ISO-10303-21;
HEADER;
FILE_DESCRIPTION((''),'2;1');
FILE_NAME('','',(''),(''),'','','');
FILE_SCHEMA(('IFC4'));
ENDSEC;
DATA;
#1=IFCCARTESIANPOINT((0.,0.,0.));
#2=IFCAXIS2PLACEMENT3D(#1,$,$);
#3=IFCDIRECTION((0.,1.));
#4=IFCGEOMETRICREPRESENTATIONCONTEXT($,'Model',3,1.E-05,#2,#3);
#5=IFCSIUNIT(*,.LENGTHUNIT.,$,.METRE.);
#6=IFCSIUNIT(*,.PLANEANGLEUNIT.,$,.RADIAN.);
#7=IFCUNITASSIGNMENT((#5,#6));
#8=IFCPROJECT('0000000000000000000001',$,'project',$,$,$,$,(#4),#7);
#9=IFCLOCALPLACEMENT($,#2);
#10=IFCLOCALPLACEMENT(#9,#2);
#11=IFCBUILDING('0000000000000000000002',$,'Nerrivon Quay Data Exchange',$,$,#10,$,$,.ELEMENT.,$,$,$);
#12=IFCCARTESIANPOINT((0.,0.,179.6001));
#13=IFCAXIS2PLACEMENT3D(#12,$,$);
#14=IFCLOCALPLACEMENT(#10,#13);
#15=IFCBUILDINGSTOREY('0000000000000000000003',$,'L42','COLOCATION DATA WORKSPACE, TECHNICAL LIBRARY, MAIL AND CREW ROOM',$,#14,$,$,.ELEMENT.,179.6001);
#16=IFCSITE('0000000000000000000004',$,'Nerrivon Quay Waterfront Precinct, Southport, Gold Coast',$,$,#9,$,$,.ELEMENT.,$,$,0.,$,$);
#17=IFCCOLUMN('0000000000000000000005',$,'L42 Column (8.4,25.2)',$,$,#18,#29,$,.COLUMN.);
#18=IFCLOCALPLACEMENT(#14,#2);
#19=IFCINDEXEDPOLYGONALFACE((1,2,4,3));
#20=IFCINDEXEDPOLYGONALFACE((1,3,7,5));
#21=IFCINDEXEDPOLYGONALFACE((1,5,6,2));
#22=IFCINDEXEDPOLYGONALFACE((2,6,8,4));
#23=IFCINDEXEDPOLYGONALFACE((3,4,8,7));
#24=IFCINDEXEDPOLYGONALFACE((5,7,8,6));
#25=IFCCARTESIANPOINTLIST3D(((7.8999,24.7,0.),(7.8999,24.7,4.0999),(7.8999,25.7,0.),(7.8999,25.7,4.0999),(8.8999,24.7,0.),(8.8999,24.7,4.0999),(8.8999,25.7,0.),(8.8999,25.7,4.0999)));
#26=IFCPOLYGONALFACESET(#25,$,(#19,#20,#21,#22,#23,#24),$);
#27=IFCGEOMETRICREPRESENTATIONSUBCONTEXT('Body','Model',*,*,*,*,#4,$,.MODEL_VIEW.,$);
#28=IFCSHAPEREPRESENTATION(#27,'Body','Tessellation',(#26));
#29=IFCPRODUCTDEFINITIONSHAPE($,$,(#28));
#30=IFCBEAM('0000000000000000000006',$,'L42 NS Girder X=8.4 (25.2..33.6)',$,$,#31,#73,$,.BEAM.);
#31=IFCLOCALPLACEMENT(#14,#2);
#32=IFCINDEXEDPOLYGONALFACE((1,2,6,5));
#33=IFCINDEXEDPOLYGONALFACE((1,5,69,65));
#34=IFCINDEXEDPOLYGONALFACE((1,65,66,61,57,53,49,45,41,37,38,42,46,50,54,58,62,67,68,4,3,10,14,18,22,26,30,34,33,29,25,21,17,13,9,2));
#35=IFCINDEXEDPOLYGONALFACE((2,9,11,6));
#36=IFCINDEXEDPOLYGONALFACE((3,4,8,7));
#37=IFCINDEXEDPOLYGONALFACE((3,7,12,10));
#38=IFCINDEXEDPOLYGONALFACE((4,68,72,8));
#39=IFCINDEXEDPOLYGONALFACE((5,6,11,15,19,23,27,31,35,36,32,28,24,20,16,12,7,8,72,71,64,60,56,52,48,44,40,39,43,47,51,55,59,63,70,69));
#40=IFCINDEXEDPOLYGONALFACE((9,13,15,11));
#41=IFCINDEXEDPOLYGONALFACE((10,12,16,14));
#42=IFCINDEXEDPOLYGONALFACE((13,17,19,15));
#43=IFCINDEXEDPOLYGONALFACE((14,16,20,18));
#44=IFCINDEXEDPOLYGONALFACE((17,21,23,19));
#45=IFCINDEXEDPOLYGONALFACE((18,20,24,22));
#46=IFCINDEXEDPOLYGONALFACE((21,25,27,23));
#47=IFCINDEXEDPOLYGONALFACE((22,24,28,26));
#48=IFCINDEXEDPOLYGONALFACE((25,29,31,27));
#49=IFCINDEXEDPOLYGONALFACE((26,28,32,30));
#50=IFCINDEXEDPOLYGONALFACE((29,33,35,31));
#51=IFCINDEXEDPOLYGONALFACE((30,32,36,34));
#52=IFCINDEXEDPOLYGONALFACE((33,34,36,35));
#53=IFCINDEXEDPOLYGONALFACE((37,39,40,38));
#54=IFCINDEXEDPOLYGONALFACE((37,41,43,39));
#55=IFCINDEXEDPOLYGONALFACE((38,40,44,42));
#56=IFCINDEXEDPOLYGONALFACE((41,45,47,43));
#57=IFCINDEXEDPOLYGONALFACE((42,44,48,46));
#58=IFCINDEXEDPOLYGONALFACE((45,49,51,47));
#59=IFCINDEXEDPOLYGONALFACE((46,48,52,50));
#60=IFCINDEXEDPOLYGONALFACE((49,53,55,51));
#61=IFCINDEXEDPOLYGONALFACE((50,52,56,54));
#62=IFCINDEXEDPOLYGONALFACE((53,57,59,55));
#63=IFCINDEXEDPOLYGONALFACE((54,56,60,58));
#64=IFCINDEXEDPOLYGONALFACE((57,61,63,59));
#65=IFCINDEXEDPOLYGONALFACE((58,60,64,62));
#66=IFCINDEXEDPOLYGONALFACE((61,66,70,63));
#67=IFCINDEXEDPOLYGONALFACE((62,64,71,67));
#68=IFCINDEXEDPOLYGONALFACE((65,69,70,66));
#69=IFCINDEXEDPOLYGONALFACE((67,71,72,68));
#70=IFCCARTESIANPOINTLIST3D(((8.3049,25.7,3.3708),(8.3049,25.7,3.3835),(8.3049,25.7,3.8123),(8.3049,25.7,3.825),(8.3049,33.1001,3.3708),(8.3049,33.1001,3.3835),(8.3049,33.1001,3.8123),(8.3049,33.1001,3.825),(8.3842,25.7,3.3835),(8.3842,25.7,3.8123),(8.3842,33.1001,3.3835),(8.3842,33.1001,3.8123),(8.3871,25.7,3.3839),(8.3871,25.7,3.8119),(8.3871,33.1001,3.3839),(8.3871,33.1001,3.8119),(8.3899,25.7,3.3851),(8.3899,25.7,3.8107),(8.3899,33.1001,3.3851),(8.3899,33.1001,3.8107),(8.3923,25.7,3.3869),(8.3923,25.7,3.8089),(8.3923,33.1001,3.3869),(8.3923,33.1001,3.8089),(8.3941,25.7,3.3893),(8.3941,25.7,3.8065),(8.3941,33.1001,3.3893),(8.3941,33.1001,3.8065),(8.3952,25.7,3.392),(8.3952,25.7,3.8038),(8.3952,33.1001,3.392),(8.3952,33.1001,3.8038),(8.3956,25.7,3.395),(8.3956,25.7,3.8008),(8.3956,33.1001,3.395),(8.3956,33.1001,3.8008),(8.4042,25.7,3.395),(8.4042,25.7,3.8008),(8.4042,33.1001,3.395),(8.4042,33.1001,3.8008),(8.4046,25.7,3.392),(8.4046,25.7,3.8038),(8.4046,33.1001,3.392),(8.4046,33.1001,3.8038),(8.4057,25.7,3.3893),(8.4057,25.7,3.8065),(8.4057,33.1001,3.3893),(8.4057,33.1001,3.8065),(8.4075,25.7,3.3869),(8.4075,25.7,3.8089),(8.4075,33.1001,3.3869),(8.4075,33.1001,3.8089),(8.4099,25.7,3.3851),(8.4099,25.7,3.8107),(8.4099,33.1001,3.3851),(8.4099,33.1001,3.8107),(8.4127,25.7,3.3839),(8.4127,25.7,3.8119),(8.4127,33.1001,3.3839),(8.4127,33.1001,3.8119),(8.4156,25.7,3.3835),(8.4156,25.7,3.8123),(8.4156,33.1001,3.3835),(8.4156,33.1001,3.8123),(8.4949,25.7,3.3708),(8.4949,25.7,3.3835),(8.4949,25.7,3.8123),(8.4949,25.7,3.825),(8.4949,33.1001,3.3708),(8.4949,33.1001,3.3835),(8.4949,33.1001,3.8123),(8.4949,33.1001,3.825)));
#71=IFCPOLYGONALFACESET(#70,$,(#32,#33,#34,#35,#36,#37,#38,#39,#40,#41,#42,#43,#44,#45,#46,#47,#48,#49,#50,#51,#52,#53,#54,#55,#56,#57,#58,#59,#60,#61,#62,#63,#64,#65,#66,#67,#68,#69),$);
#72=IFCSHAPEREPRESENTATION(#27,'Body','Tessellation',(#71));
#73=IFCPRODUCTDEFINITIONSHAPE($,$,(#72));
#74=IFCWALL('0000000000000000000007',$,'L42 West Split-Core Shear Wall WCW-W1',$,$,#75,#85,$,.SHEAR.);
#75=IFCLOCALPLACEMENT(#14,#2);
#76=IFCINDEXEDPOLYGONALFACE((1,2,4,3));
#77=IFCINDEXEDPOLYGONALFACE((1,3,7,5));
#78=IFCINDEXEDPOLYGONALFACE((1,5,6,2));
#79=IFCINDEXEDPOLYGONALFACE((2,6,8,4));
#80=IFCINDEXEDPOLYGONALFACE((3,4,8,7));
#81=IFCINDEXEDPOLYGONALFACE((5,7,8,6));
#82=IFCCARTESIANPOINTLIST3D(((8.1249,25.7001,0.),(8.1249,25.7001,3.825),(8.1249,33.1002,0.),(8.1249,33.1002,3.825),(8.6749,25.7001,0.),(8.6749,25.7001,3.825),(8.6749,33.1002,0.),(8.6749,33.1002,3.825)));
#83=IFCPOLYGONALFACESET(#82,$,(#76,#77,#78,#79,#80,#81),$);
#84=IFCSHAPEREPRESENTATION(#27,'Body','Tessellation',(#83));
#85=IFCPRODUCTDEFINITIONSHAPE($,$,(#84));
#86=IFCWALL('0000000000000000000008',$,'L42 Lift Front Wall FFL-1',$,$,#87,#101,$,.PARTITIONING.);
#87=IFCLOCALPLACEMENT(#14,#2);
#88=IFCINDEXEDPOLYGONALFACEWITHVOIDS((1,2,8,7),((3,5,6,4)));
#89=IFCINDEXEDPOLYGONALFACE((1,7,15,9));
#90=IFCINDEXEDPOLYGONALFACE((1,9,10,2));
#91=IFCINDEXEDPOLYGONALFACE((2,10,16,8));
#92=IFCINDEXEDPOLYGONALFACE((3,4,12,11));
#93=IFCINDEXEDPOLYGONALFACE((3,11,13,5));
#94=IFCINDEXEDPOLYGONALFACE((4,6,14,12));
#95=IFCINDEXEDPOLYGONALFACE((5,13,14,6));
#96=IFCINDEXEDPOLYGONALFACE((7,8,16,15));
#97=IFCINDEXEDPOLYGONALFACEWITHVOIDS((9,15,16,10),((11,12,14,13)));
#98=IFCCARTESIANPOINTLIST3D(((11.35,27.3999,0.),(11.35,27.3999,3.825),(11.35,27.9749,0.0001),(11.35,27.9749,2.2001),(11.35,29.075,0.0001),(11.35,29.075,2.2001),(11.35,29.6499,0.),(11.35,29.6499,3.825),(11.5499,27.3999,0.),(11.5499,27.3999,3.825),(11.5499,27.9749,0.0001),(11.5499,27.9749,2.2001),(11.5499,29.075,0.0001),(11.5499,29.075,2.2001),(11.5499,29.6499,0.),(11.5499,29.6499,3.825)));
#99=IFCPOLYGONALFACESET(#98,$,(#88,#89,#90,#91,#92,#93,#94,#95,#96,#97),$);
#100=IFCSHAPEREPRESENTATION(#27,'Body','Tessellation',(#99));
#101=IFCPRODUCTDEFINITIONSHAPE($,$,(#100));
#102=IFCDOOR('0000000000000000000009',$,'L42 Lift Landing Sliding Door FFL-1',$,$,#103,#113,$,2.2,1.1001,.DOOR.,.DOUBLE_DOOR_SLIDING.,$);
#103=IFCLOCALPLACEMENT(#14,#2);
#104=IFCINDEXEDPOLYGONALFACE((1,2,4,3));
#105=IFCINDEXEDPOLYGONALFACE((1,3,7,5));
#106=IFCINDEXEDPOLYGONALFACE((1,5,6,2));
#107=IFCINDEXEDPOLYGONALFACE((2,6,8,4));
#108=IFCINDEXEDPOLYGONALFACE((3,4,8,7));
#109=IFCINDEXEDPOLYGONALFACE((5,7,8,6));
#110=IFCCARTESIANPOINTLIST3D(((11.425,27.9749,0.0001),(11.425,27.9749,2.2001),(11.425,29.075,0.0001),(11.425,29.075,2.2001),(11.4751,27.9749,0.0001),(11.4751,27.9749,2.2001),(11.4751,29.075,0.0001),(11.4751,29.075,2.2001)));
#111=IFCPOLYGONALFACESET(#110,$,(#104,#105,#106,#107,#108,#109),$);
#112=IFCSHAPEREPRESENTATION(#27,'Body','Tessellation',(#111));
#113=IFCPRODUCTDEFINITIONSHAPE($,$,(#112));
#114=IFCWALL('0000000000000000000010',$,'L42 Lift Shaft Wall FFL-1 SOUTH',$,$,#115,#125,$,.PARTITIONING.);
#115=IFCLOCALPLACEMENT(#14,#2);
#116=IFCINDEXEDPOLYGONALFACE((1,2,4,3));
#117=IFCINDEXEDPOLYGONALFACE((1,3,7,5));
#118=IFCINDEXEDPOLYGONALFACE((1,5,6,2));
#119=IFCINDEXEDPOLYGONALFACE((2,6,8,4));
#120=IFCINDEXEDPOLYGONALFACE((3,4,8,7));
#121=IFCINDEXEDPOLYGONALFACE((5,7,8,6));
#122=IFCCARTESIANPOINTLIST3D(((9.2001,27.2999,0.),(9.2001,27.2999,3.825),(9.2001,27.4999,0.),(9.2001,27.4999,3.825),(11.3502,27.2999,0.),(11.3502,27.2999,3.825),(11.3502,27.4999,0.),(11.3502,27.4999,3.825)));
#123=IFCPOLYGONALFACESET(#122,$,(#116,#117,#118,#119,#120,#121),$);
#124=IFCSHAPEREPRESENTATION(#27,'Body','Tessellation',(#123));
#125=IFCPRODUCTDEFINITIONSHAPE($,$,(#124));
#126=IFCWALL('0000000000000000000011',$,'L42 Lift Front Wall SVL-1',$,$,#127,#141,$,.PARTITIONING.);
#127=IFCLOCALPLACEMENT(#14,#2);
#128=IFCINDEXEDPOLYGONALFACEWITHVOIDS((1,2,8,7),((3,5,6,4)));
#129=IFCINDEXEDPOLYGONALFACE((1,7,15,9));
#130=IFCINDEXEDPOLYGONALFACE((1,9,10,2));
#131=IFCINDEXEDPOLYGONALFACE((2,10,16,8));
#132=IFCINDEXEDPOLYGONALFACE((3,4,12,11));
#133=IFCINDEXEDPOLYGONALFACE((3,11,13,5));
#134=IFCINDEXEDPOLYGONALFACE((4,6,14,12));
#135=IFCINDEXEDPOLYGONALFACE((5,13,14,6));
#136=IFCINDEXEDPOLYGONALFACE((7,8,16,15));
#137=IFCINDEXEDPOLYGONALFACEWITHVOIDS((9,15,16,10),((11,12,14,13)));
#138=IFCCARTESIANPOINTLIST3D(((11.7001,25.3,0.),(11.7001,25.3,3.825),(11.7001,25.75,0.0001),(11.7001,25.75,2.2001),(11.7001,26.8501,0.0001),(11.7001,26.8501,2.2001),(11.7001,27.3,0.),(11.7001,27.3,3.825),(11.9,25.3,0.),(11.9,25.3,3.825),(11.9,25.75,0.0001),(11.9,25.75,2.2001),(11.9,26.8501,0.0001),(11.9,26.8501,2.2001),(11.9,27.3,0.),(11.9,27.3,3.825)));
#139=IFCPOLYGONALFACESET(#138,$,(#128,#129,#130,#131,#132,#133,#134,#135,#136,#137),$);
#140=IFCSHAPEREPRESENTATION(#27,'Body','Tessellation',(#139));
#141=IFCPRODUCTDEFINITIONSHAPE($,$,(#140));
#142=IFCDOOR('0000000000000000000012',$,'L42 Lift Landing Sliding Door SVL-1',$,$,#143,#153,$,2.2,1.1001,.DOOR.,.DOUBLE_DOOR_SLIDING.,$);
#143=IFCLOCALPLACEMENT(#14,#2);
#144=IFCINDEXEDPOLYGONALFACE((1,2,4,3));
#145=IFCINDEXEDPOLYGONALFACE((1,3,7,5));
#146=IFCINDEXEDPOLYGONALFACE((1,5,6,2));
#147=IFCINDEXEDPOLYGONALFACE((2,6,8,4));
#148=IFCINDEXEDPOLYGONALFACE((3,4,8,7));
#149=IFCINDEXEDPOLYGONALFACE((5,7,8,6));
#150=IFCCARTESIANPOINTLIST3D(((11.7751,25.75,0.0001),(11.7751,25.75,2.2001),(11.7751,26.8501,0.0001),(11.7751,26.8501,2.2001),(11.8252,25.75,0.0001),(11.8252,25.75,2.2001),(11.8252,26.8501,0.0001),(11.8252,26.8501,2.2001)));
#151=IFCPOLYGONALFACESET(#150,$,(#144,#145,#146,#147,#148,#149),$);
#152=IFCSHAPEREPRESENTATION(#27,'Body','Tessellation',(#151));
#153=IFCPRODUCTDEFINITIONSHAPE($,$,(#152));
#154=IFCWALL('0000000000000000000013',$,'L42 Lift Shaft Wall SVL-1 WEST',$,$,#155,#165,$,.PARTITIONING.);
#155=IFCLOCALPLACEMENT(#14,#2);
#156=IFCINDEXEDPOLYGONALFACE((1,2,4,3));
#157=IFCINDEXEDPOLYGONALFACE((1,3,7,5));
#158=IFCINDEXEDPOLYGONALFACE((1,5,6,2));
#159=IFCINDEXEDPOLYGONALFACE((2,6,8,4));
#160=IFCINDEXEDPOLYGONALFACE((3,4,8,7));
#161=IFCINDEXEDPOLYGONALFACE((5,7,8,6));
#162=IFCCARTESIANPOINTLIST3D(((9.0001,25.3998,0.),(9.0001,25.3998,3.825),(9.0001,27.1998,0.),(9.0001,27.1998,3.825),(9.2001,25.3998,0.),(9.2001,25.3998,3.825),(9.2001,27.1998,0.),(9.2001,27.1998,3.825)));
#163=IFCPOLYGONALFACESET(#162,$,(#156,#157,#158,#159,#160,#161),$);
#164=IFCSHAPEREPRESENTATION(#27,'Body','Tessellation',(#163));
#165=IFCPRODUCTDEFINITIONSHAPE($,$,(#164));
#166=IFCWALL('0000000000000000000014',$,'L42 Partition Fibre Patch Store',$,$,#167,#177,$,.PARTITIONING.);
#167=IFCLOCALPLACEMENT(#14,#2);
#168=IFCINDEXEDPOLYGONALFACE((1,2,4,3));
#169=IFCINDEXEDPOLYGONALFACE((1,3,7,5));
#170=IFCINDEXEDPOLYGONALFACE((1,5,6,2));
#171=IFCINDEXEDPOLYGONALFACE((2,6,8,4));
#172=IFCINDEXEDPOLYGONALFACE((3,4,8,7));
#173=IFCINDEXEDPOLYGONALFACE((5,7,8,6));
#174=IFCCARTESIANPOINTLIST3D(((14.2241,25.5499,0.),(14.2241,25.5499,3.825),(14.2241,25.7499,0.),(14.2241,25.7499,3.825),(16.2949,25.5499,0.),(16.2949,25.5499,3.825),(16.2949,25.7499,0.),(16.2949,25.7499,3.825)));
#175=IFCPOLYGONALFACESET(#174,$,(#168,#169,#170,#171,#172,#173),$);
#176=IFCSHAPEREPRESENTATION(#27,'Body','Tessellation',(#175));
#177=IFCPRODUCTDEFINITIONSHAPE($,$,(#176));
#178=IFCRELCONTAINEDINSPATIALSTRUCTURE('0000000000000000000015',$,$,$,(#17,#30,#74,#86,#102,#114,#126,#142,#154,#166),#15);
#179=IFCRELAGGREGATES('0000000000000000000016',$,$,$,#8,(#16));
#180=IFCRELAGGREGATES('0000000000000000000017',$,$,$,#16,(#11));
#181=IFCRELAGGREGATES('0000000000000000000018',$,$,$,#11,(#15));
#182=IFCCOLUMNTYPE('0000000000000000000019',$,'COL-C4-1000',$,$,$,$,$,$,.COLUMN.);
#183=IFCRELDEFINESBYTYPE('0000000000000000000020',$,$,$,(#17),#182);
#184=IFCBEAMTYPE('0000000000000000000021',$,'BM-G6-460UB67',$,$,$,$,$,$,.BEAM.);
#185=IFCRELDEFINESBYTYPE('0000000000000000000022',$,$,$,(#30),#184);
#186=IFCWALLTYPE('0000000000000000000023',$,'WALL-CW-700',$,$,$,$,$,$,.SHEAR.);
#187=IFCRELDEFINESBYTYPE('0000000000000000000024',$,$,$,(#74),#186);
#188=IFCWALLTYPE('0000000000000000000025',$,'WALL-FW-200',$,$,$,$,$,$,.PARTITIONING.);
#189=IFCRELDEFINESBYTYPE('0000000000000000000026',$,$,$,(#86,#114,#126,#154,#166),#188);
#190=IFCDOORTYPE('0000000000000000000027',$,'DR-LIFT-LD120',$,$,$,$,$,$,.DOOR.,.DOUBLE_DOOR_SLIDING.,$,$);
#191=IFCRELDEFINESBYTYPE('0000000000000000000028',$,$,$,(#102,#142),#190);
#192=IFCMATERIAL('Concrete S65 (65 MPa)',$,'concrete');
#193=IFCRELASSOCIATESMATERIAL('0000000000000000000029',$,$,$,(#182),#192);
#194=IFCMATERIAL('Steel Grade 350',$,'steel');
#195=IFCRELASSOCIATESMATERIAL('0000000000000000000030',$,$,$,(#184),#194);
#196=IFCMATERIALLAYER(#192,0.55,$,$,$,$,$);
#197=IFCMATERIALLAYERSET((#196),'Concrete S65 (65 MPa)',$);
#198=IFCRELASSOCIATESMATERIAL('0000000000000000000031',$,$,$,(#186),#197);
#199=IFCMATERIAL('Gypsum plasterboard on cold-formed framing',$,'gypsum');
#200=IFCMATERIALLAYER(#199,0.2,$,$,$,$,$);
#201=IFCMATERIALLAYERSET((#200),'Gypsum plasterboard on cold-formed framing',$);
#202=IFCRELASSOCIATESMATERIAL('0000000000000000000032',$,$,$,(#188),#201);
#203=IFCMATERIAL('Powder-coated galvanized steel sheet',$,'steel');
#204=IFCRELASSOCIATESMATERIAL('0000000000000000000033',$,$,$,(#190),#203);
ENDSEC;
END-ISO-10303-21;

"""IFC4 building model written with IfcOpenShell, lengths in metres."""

from ifc_helpers import new_model, si_unit, direction, frame, frame_2d, origin, origin_2d, place, context, subcontext, project, spatial, rectangle, i_section, extrude, material, layer, layer_set, material_profile, profile_set, type_object, element, fill, save


model = new_model("IFC4")

# Units and contexts
model_context = context("Model", 3, precision=1e-05, world=origin(), true_north=direction((0.0, 1.0)))
body_context = subcontext(model_context, "Body", "Model", "MODEL_VIEW")
ifc_project = project(units=[si_unit("LENGTHUNIT", "METRE"), si_unit("PLANEANGLEUNIT", "RADIAN")], contexts=[model_context])

# Site, building, storey
site_placement = place(None, origin())
site = spatial("IfcSite", under=ifc_project, at=site_placement, Name="Nerrivon Quay Waterfront Precinct, Southport, Gold Coast", CompositionType="ELEMENT", RefElevation=0.0)
building_placement = place(site_placement, origin())
building = spatial("IfcBuilding", under=site, at=building_placement, Name="Nerrivon Quay Data Exchange", CompositionType="ELEMENT")
storey_placement = place(building_placement, frame((0.0, 0.0, 179.6001)))
storey = spatial("IfcBuildingStorey", under=building, at=storey_placement, Name="L42", Description="COLOCATION DATA WORKSPACE, TECHNICAL LIBRARY, MAIL AND CREW ROOM", CompositionType="ELEMENT", Elevation=179.6001)

# Column
ifc_material_1 = material(Name="Concrete S65 (65 MPa)", Category="concrete")
ifc_material_profile_1 = material_profile(ifc_material_1, rectangle(XDim=1.0, YDim=1.0, at=origin_2d()), Name="RC-COL-1000x1000")
ifc_profile_set_1 = profile_set([ifc_material_profile_1], Name="Concrete S65 (65 MPa)")
column_type = type_object("IfcColumnType", Name="COL-C4-1000", PredefinedType="COLUMN", material=ifc_profile_set_1)
column_placement = place(storey_placement, frame((8.3999, 25.2, 0.0), z_axis=(0.0, 0.0, 1.0), x_axis=(1.0, 0.0, 0.0)))
element("IfcColumn", 1, at=column_placement, inside=storey, type_object=column_type, Name="L42 Column (8.4,25.2)", PredefinedType="COLUMN", context=body_context, shape_type="SweptSolid", body=[
    extrude(rectangle(XDim=1.0, YDim=1.0, at=origin_2d()), origin(), (0.0, 0.0, 1.0), 4.0999),
])

# Beam
ifc_material_2 = material(Name="Steel Grade 350", Category="steel")
ifc_material_profile_2 = material_profile(ifc_material_2, i_section(OverallWidth=0.1899, OverallDepth=0.4541, WebThickness=0.0085, FlangeThickness=0.0127, FilletRadius=0.0115, at=origin_2d()), Name="460UB67.1")
ifc_profile_set_2 = profile_set([ifc_material_profile_2], Name="Steel Grade 350")
beam_type = type_object("IfcBeamType", Name="BM-G6-460UB67", PredefinedType="BEAM", material=ifc_profile_set_2)
beam_placement = place(storey_placement, frame((8.3999, 25.7, 3.5979), z_axis=(0.0, 1.0, 0.0), x_axis=(-1.0, 0.0, 0.0)))
element("IfcBeam", 2, at=beam_placement, inside=storey, type_object=beam_type, Name="L42 NS Girder X=8.4 (25.2..33.6)", PredefinedType="BEAM", context=body_context, shape_type="SweptSolid", body=[
    extrude(i_section(OverallWidth=0.1899, OverallDepth=0.4541, WebThickness=0.0085, FlangeThickness=0.0127, FilletRadius=0.0115, at=origin_2d()), origin(), (0.0, 0.0, 1.0), 7.4001),
])

# Wall
ifc_layer_1 = layer(ifc_material_1, 0.55)
ifc_layer_set_1 = layer_set([ifc_layer_1], Name="Concrete S65 (65 MPa)")
wall_type_1 = type_object("IfcWallType", Name="WALL-CW-700", PredefinedType="SHEAR", material=ifc_layer_set_1)
wall_1_placement = place(storey_placement, frame((8.3999, 25.7, 0.0), z_axis=(0.0, 0.0, 1.0), x_axis=(0.0, 1.0, 0.0)))
element("IfcWall", 3, at=wall_1_placement, inside=storey, type_object=wall_type_1, Name="L42 West Split-Core Shear Wall WCW-W1", PredefinedType="SHEAR", context=body_context, shape_type="SweptSolid", body=[
    extrude(rectangle(XDim=7.4001, YDim=0.55, at=frame_2d((3.7002, 0.0))), origin(), (0.0, 0.0, 1.0), 3.825),
])

# Wall, opening, door
ifc_material_3 = material(Name="Powder-coated galvanized steel sheet", Category="steel")
ifc_material_4 = material(Name="Gypsum plasterboard on cold-formed framing", Category="gypsum")
ifc_layer_2 = layer(ifc_material_4, 0.2)
ifc_layer_set_2 = layer_set([ifc_layer_2], Name="Gypsum plasterboard on cold-formed framing")
wall_type_2 = type_object("IfcWallType", Name="WALL-FW-200", PredefinedType="PARTITIONING", material=ifc_layer_set_2)
wall_2_placement = place(storey_placement, frame((11.45, 27.3999, 0.0), z_axis=(0.0, 0.0, 1.0), x_axis=(0.0, 1.0, 0.0)))
wall_2 = element("IfcWall", 4, at=wall_2_placement, inside=storey, type_object=wall_type_2, Name="L42 Lift Front Wall FFL-1", PredefinedType="PARTITIONING", context=body_context, shape_type="SweptSolid", body=[
    extrude(rectangle(XDim=2.25, YDim=0.2, at=frame_2d((1.125, 0.0))), origin(), (0.0, 0.0, 1.0), 3.825),
])
opening_1_placement = place(wall_2_placement, frame((0.575, 0.0, 0.0)))
opening_1 = element("IfcOpeningElement", 5, at=opening_1_placement, cuts=wall_2, PredefinedType="OPENING", context=body_context, shape_type="SweptSolid", body=[
    extrude(rectangle(XDim=1.1001, YDim=2.2, at=frame_2d((0.55, 1.1001))), frame((0.0, 0.1099, 0.0), z_axis=(0.0, -1.0, 0.0), x_axis=(1.0, 0.0, 0.0)), (0.0, 0.0, 1.0), 0.22),
])
door_type_1 = type_object("IfcDoorType", Name="DR-LIFT-LD120", OperationType="DOUBLE_DOOR_SLIDING", PredefinedType="DOOR", material=ifc_material_3)
door_1_placement = place(opening_1_placement, origin())
door_1 = element("IfcDoor", 6, at=door_1_placement, inside=storey, type_object=door_type_1, Name="L42 Lift Landing Sliding Door FFL-1", OperationType="DOUBLE_DOOR_SLIDING", OverallHeight=2.2, OverallWidth=1.1001, PredefinedType="DOOR", context=body_context, shape_type="SweptSolid", body=[
    extrude(rectangle(XDim=1.1001, YDim=2.2, at=frame_2d((0.55, 1.1001))), frame((0.0, 0.0249, 0.0), z_axis=(0.0, -1.0, 0.0), x_axis=(1.0, 0.0, 0.0)), (0.0, 0.0, 1.0), 0.05),
])
fill(opening_1, door_1)

# Wall
wall_3_placement = place(storey_placement, frame((9.2, 27.3999, 0.0), z_axis=(0.0, 0.0, 1.0), x_axis=(1.0, 0.0, 0.0)))
element("IfcWall", 7, at=wall_3_placement, inside=storey, type_object=wall_type_2, Name="L42 Lift Shaft Wall FFL-1 SOUTH", PredefinedType="PARTITIONING", context=body_context, shape_type="SweptSolid", body=[
    extrude(rectangle(XDim=2.1501, YDim=0.2, at=frame_2d((1.0752, 0.0))), origin(), (0.0, 0.0, 1.0), 3.825),
])

# Wall, opening, door
wall_4_placement = place(storey_placement, frame((11.8, 25.3, 0.0), z_axis=(0.0, 0.0, 1.0), x_axis=(0.0, 1.0, 0.0)))
wall_4 = element("IfcWall", 8, at=wall_4_placement, inside=storey, type_object=wall_type_2, Name="L42 Lift Front Wall SVL-1", PredefinedType="PARTITIONING", context=body_context, shape_type="SweptSolid", body=[
    extrude(rectangle(XDim=2.0, YDim=0.2, at=frame_2d((1.0, 0.0))), origin(), (0.0, 0.0, 1.0), 3.825),
])
opening_2_placement = place(wall_4_placement, frame((0.45, 0.0, 0.0)))
opening_2 = element("IfcOpeningElement", 9, at=opening_2_placement, cuts=wall_4, PredefinedType="OPENING", context=body_context, shape_type="SweptSolid", body=[
    extrude(rectangle(XDim=1.1001, YDim=2.2, at=frame_2d((0.55, 1.1001))), frame((0.0, 0.1099, 0.0), z_axis=(0.0, -1.0, 0.0), x_axis=(1.0, 0.0, 0.0)), (0.0, 0.0, 1.0), 0.22),
])
door_2_placement = place(opening_2_placement, origin())
door_2 = element("IfcDoor", 10, at=door_2_placement, inside=storey, type_object=door_type_1, Name="L42 Lift Landing Sliding Door SVL-1", OperationType="DOUBLE_DOOR_SLIDING", OverallHeight=2.2, OverallWidth=1.1001, PredefinedType="DOOR", context=body_context, shape_type="SweptSolid", body=[
    extrude(rectangle(XDim=1.1001, YDim=2.2, at=frame_2d((0.55, 1.1001))), frame((0.0, 0.0249, 0.0), z_axis=(0.0, -1.0, 0.0), x_axis=(1.0, 0.0, 0.0)), (0.0, 0.0, 1.0), 0.05),
])
fill(opening_2, door_2)

# Walls
wall_5_placement = place(storey_placement, frame((9.1001, 25.3999, 0.0), z_axis=(0.0, 0.0, 1.0), x_axis=(0.0, 1.0, 0.0)))
element("IfcWall", 11, at=wall_5_placement, inside=storey, type_object=wall_type_2, Name="L42 Lift Shaft Wall SVL-1 WEST", PredefinedType="PARTITIONING", context=body_context, shape_type="SweptSolid", body=[
    extrude(rectangle(XDim=1.8, YDim=0.2, at=frame_2d((0.8999, 0.0))), origin(), (0.0, 0.0, 1.0), 3.825),
])
wall_6_placement = place(storey_placement, frame((14.2241, 25.6499, 0.0), z_axis=(0.0, 0.0, 1.0), x_axis=(1.0, 0.0, 0.0)))
element("IfcWall", 12, at=wall_6_placement, inside=storey, type_object=wall_type_2, Name="L42 Partition Fibre Patch Store", PredefinedType="PARTITIONING", context=body_context, shape_type="SweptSolid", body=[
    extrude(rectangle(XDim=2.0708, YDim=0.2, at=frame_2d((1.0354, 0.0))), origin(), (0.0, 0.0, 1.0), 3.825),
])

save(model, "model.ifc")
